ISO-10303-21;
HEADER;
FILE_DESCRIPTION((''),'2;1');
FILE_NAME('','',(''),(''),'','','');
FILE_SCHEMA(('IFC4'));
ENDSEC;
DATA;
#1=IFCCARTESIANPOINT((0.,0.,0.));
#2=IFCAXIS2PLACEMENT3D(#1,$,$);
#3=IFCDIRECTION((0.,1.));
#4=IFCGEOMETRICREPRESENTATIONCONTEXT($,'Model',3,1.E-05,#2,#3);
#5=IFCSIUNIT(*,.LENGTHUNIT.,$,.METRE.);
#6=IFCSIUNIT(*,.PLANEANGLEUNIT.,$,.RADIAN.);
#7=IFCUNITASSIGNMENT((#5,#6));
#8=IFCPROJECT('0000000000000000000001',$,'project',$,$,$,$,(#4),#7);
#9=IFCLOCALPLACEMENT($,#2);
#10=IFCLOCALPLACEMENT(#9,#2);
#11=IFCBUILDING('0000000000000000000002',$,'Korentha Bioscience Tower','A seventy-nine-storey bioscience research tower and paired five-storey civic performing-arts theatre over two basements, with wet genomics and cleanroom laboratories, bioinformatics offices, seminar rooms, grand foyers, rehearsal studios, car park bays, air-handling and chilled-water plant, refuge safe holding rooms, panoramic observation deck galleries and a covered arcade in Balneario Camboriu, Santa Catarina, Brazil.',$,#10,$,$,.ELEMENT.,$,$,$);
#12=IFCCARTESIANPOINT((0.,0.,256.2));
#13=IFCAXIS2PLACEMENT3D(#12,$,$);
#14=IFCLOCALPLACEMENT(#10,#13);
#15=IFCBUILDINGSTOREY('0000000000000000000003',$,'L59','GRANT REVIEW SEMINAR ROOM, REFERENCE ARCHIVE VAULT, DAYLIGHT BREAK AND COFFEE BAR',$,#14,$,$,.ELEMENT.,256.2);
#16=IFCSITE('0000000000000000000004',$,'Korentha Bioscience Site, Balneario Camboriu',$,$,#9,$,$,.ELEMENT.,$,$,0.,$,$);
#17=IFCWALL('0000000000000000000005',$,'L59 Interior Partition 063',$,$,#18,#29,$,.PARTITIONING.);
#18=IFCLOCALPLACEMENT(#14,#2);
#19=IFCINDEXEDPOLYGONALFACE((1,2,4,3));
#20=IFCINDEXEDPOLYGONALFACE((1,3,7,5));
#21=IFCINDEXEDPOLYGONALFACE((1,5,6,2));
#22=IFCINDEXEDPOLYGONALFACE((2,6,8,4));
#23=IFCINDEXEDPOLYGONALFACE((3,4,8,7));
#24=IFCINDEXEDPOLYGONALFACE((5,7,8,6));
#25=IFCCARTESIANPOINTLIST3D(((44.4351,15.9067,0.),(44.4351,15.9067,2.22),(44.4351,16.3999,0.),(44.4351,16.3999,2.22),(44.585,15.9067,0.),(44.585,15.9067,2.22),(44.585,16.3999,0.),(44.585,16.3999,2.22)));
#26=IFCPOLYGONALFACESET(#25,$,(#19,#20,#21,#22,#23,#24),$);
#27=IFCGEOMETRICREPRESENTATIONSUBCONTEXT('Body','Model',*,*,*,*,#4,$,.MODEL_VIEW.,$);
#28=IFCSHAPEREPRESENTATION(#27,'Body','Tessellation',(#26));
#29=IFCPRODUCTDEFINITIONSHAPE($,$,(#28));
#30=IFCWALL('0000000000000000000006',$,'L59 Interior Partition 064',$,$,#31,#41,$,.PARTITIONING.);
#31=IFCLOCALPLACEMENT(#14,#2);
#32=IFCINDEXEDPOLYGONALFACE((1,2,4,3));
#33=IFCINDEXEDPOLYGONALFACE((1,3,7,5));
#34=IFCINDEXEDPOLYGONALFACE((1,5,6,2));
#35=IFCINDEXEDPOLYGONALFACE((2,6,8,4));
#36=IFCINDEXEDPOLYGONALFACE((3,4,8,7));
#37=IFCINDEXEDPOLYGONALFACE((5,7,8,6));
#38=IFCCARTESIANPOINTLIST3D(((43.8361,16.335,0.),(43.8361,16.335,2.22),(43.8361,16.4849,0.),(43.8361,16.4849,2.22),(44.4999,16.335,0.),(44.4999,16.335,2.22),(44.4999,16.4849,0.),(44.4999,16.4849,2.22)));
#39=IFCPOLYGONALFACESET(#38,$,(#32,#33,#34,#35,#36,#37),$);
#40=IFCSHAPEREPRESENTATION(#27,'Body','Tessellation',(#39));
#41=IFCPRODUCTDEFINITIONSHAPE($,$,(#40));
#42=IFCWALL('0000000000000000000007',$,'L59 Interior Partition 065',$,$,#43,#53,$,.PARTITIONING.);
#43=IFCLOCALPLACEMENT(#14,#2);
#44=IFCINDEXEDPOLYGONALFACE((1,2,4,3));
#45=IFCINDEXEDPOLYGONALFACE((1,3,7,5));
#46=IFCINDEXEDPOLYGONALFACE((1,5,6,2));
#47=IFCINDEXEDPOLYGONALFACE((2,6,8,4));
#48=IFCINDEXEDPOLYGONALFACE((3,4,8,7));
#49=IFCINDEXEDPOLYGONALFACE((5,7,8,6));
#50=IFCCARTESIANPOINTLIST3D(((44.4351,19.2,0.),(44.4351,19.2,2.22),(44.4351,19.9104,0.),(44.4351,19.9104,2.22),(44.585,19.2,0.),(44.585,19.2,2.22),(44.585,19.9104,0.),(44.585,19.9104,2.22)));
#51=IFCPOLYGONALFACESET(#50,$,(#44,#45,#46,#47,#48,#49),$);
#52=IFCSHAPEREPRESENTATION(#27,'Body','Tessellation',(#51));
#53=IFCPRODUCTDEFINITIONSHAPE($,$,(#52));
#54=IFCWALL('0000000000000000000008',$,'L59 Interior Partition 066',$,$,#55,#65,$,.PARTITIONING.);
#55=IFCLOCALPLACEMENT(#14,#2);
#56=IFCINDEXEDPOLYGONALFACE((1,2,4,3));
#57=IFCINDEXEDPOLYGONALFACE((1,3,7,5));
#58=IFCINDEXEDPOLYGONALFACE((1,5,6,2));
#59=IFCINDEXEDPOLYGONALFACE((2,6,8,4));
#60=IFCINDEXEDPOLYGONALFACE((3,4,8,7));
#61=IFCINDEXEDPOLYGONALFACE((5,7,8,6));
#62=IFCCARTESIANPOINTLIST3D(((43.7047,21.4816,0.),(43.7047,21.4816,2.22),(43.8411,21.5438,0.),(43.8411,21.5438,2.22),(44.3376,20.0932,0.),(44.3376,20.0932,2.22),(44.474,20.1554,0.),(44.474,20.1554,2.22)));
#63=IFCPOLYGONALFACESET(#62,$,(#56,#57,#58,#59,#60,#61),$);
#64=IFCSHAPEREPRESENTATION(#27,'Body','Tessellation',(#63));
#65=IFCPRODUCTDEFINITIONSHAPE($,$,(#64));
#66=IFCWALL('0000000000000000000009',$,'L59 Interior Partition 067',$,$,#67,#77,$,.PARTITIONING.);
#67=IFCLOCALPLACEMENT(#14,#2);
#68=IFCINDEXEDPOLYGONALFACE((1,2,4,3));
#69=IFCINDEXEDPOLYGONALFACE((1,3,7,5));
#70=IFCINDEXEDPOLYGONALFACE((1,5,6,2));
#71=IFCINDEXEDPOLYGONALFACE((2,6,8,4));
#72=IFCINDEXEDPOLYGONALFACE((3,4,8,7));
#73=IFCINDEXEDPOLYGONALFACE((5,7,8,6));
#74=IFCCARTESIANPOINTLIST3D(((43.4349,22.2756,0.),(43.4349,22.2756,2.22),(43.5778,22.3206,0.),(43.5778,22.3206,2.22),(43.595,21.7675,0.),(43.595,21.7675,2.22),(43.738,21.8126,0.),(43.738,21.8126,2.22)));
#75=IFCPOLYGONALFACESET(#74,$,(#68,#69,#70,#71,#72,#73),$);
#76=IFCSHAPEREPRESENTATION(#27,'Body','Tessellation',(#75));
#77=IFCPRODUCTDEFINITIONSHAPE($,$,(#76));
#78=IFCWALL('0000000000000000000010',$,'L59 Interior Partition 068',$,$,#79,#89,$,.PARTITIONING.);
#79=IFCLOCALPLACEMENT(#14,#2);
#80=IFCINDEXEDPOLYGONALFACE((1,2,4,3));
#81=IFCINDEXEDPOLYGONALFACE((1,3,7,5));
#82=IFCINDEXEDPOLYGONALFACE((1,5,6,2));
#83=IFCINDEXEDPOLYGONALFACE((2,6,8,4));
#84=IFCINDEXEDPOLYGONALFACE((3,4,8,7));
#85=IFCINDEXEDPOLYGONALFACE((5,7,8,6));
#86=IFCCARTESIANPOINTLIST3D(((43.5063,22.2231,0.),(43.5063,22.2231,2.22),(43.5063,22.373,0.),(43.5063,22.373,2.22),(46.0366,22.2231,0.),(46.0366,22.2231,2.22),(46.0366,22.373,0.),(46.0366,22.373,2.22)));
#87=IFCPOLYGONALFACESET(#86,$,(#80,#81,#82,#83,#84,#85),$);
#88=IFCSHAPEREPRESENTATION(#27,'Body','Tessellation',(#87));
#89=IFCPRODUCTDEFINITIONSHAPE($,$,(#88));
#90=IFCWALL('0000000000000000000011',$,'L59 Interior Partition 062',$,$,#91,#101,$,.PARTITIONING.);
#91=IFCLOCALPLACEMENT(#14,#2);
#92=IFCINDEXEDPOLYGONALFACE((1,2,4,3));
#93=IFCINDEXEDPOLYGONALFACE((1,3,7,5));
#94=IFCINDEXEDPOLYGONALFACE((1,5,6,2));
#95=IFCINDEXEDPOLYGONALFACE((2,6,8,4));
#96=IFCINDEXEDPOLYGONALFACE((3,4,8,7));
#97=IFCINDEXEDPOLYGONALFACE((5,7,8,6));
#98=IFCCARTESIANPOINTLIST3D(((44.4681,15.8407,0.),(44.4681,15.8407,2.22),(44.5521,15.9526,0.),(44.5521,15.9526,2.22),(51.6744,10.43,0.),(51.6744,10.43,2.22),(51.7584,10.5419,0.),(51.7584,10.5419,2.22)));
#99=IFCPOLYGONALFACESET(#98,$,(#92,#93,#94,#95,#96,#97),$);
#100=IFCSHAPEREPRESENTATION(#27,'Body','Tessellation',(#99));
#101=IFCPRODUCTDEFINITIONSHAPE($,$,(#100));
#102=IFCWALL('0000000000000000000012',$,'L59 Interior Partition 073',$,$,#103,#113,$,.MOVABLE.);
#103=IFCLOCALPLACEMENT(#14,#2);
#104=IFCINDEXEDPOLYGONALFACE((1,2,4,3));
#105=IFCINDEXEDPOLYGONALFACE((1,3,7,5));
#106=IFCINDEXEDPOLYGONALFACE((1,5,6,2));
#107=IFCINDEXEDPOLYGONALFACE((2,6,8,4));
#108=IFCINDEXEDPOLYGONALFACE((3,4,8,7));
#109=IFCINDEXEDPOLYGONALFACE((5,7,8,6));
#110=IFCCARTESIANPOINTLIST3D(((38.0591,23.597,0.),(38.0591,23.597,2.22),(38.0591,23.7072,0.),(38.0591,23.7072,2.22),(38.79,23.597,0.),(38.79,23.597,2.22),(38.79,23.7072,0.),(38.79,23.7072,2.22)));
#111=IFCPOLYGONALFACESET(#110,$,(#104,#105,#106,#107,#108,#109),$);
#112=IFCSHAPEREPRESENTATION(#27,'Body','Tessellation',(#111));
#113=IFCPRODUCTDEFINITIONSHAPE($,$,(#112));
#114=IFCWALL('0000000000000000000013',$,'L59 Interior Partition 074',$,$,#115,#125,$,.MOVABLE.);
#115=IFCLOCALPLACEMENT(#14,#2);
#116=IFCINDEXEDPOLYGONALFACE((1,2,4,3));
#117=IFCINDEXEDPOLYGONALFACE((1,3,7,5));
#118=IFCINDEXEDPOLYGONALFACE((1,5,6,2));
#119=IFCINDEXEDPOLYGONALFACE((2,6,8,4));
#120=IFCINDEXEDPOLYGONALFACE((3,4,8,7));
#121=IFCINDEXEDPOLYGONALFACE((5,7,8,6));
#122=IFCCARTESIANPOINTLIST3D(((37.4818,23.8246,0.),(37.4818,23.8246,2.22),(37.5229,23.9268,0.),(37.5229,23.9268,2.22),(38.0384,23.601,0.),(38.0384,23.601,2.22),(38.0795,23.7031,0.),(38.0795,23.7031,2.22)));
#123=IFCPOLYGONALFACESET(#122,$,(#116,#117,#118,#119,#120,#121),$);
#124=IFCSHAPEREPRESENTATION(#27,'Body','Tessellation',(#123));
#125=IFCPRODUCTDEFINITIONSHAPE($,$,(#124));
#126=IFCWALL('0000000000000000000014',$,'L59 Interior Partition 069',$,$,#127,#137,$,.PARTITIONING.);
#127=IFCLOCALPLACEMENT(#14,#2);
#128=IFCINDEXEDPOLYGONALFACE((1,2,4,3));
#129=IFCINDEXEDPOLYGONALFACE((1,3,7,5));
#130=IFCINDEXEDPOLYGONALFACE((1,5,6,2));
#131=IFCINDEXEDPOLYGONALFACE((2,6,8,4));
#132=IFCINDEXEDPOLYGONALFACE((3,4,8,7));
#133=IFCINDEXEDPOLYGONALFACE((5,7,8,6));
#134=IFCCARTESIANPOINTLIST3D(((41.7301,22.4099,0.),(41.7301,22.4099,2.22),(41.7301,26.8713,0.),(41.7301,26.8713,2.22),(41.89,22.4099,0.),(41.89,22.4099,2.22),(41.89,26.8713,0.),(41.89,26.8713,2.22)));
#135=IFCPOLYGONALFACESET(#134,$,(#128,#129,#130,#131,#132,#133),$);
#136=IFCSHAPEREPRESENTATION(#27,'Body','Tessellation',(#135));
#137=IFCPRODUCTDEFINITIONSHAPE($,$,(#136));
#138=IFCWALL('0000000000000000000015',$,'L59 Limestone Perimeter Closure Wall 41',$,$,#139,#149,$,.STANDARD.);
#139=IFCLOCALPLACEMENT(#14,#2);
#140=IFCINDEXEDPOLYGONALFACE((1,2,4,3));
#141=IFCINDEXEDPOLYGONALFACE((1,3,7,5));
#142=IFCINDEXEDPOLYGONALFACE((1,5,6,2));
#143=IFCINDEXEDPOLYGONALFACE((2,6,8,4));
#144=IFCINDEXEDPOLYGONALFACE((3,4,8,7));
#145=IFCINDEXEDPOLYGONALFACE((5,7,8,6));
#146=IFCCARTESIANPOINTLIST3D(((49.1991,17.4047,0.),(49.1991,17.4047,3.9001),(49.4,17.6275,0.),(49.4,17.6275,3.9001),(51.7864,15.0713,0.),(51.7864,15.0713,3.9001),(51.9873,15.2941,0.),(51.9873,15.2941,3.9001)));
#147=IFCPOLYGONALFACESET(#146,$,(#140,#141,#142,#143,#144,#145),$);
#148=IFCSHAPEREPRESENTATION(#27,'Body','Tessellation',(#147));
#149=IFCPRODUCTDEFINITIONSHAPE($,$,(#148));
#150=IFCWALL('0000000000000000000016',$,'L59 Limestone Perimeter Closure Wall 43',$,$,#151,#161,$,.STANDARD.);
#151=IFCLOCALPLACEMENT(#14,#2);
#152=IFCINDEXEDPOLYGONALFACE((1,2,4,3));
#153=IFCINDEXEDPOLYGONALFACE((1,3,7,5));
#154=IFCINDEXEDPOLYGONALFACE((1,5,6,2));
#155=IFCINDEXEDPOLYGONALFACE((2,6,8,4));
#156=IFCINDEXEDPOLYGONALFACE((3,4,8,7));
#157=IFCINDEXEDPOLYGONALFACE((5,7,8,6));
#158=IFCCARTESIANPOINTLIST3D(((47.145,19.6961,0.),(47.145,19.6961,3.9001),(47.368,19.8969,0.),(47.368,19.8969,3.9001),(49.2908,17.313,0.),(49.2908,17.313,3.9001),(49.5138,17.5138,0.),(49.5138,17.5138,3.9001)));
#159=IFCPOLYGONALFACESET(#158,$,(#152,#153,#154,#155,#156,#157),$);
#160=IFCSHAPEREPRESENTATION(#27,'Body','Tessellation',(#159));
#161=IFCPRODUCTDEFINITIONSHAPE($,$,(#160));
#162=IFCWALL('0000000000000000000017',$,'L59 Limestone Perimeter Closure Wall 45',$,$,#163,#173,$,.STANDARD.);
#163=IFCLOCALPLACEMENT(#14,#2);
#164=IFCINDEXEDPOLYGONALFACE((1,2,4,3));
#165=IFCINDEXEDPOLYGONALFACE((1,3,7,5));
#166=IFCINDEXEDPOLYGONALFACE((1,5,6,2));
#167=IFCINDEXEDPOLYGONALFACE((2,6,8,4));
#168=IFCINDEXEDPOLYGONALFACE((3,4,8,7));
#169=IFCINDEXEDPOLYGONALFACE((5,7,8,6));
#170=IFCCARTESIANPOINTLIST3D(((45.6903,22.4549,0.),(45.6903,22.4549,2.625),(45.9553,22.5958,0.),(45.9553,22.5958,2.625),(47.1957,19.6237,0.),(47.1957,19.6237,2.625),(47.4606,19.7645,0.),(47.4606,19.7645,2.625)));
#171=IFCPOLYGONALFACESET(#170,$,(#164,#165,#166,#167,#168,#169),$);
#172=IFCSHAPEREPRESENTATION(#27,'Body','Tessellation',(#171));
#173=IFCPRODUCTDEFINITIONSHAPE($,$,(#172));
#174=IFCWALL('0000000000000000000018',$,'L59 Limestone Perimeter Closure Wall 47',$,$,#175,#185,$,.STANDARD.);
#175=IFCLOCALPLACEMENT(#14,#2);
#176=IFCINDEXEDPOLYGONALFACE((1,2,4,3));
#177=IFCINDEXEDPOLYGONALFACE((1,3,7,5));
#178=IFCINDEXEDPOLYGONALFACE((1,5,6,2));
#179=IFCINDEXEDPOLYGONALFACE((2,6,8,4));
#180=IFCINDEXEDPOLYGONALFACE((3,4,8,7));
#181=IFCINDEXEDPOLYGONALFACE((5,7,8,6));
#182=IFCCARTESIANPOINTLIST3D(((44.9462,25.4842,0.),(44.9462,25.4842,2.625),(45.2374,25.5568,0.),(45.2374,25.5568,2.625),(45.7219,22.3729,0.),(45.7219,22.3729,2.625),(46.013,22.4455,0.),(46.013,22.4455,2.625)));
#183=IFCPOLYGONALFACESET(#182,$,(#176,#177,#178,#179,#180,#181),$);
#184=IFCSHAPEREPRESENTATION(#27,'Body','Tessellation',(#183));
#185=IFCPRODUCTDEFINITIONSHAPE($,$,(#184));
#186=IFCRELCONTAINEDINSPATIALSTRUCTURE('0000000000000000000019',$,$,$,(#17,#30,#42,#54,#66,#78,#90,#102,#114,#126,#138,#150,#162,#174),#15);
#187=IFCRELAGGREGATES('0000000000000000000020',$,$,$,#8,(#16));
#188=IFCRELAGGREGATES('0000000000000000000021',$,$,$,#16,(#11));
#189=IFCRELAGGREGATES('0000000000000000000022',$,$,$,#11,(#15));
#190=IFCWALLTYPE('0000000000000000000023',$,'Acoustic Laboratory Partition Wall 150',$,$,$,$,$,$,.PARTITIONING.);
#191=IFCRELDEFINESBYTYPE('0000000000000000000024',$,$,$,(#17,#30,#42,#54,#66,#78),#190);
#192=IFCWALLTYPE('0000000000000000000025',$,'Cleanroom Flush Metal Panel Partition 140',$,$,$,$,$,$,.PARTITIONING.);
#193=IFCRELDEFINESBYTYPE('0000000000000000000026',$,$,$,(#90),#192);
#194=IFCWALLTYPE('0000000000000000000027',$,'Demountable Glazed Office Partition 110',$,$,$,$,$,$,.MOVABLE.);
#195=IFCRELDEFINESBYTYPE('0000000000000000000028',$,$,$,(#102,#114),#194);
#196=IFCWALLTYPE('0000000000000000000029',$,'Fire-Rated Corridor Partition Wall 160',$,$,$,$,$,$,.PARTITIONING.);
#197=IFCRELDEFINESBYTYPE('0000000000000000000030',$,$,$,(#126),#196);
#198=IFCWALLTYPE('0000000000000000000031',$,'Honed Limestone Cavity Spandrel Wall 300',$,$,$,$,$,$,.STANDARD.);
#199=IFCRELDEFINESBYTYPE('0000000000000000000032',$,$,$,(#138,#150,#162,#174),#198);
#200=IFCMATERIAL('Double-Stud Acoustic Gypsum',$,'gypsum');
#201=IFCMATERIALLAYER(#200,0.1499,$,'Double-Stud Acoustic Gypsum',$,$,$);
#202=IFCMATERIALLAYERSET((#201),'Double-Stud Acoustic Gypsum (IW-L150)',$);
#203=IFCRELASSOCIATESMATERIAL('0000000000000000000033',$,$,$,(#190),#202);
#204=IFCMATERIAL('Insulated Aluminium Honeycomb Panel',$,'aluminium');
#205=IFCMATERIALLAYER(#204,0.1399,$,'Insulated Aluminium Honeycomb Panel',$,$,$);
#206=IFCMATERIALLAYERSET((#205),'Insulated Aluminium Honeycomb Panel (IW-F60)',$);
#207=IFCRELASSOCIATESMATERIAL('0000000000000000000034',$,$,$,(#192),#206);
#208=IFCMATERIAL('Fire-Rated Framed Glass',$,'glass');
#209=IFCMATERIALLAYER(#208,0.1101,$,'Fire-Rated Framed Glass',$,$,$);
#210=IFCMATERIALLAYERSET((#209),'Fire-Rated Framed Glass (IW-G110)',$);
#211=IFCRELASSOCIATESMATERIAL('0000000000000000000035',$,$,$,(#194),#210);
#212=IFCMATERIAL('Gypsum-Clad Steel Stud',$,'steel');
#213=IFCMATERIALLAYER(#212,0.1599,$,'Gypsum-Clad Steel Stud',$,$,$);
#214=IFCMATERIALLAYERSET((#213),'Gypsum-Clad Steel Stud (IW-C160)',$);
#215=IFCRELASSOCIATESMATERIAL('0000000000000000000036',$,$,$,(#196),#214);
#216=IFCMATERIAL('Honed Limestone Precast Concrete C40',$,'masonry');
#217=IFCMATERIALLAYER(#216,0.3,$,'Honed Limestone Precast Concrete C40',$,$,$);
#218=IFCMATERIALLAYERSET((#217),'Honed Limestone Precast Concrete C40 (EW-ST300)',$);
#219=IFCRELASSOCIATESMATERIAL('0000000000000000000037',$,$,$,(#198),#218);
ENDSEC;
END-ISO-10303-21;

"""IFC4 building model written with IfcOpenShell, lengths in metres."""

from ifc_helpers import new_model, si_unit, direction, frame, frame_2d, origin, place, context, subcontext, project, spatial, rectangle, extrude, material, layer, layer_set, type_object, element, save


model = new_model("IFC4")

# Units and contexts
model_context = context("Model", 3, precision=1e-05, world=origin(), true_north=direction((0.0, 1.0)))
body_context = subcontext(model_context, "Body", "Model", "MODEL_VIEW")
ifc_project = project(units=[si_unit("LENGTHUNIT", "METRE"), si_unit("PLANEANGLEUNIT", "RADIAN")], contexts=[model_context])

# Site, building, storey
site_placement = place(None, origin())
site = spatial("IfcSite", under=ifc_project, at=site_placement, Name="Korentha Bioscience Site, Balneario Camboriu", CompositionType="ELEMENT", RefElevation=0.0)
building_placement = place(site_placement, origin())
building = spatial("IfcBuilding", under=site, at=building_placement, Name="Korentha Bioscience Tower", Description="A seventy-nine-storey bioscience research tower and paired five-storey civic performing-arts theatre over two basements, with wet genomics and cleanroom laboratories, bioinformatics offices, seminar rooms, grand foyers, rehearsal studios, car park bays, air-handling and chilled-water plant, refuge safe holding rooms, panoramic observation deck galleries and a covered arcade in Balneario Camboriu, Santa Catarina, Brazil.", CompositionType="ELEMENT")
storey_placement = place(building_placement, frame((0.0, 0.0, 256.2)))
storey = spatial("IfcBuildingStorey", under=building, at=storey_placement, Name="L59", Description="GRANT REVIEW SEMINAR ROOM, REFERENCE ARCHIVE VAULT, DAYLIGHT BREAK AND COFFEE BAR", CompositionType="ELEMENT", Elevation=256.2)

# Shared definitions
ifc_material_1 = material(Name="Double-Stud Acoustic Gypsum", Category="gypsum")
ifc_layer_1 = layer(ifc_material_1, 0.1499, Name="Double-Stud Acoustic Gypsum")
ifc_layer_set_1 = layer_set([ifc_layer_1], Name="Double-Stud Acoustic Gypsum (IW-L150)")
wall_type_1 = type_object("IfcWallType", Name="Acoustic Laboratory Partition Wall 150", PredefinedType="PARTITIONING", material=ifc_layer_set_1)

# Walls
wall_1_placement = place(storey_placement, frame((44.51, 15.9067, 0.0), z_axis=(0.0, 0.0, 1.0), x_axis=(0.0, 1.0, 0.0)))
element("IfcWall", 1, at=wall_1_placement, inside=storey, type_object=wall_type_1, Name="L59 Interior Partition 063", PredefinedType="PARTITIONING", context=body_context, shape_type="SweptSolid", body=[
    extrude(rectangle(XDim=0.4932, YDim=0.1499, at=frame_2d((0.2466, 0.0))), origin(), (0.0, 0.0, 1.0), 2.22),
])
wall_2_placement = place(storey_placement, frame((44.5, 16.4099, 0.0), z_axis=(0.0, 0.0, 1.0), x_axis=(-1.0, 0.0, 0.0)))
element("IfcWall", 2, at=wall_2_placement, inside=storey, type_object=wall_type_1, Name="L59 Interior Partition 064", PredefinedType="PARTITIONING", context=body_context, shape_type="SweptSolid", body=[
    extrude(rectangle(XDim=0.6638, YDim=0.1499, at=frame_2d((0.332, 0.0))), origin(), (0.0, 0.0, 1.0), 2.22),
])
wall_3_placement = place(storey_placement, frame((44.51, 19.2, 0.0), z_axis=(0.0, 0.0, 1.0), x_axis=(0.0, 1.0, 0.0)))
element("IfcWall", 3, at=wall_3_placement, inside=storey, type_object=wall_type_1, Name="L59 Interior Partition 065", PredefinedType="PARTITIONING", context=body_context, shape_type="SweptSolid", body=[
    extrude(rectangle(XDim=0.7104, YDim=0.1499, at=frame_2d((0.3552, 0.0))), origin(), (0.0, 0.0, 1.0), 2.22),
])
wall_4_placement = place(storey_placement, frame((44.4058, 20.1243, 0.0), z_axis=(0.0, 0.0, 1.0), x_axis=(-0.414731, 0.909944, 0.0)))
element("IfcWall", 4, at=wall_4_placement, inside=storey, type_object=wall_type_1, Name="L59 Interior Partition 066", PredefinedType="PARTITIONING", context=body_context, shape_type="SweptSolid", body=[
    extrude(rectangle(XDim=1.5259, YDim=0.1499, at=frame_2d((0.7629, 0.0))), origin(), (0.0, 0.0, 1.0), 2.22),
])
wall_5_placement = place(storey_placement, frame((43.6665, 21.79, 0.0), z_axis=(0.0, 0.0, 1.0), x_axis=(-0.300649, 0.953735, 0.0)))
element("IfcWall", 5, at=wall_5_placement, inside=storey, type_object=wall_type_1, Name="L59 Interior Partition 067", PredefinedType="PARTITIONING", context=body_context, shape_type="SweptSolid", body=[
    extrude(rectangle(XDim=0.5327, YDim=0.1499, at=frame_2d((0.2664, 0.0))), origin(), (0.0, 0.0, 1.0), 2.22),
])
wall_6_placement = place(storey_placement, frame((43.5063, 22.2981, 0.0), z_axis=(0.0, 0.0, 1.0), x_axis=(1.0, 0.0, 0.0)))
element("IfcWall", 6, at=wall_6_placement, inside=storey, type_object=wall_type_1, Name="L59 Interior Partition 068", PredefinedType="PARTITIONING", context=body_context, shape_type="SweptSolid", body=[
    extrude(rectangle(XDim=2.5303, YDim=0.1499, at=frame_2d((1.2651, 0.0))), origin(), (0.0, 0.0, 1.0), 2.22),
])
ifc_material_2 = material(Name="Insulated Aluminium Honeycomb Panel", Category="aluminium")
ifc_layer_2 = layer(ifc_material_2, 0.1399, Name="Insulated Aluminium Honeycomb Panel")
ifc_layer_set_2 = layer_set([ifc_layer_2], Name="Insulated Aluminium Honeycomb Panel (IW-F60)")
wall_type_2 = type_object("IfcWallType", Name="Cleanroom Flush Metal Panel Partition 140", PredefinedType="PARTITIONING", material=ifc_layer_set_2)
wall_7_placement = place(storey_placement, frame((44.51, 15.8967, 0.0), z_axis=(0.0, 0.0, 1.0), x_axis=(0.799685, -0.60042, 0.0)))
element("IfcWall", 7, at=wall_7_placement, inside=storey, type_object=wall_type_2, Name="L59 Interior Partition 062", PredefinedType="PARTITIONING", context=body_context, shape_type="SweptSolid", body=[
    extrude(rectangle(XDim=9.0115, YDim=0.1399, at=frame_2d((4.5059, 0.0))), origin(), (0.0, 0.0, 1.0), 2.22),
])
ifc_material_3 = material(Name="Fire-Rated Framed Glass", Category="glass")
ifc_layer_3 = layer(ifc_material_3, 0.1101, Name="Fire-Rated Framed Glass")
ifc_layer_set_3 = layer_set([ifc_layer_3], Name="Fire-Rated Framed Glass (IW-G110)")
wall_type_3 = type_object("IfcWallType", Name="Demountable Glazed Office Partition 110", PredefinedType="MOVABLE", material=ifc_layer_set_3)
wall_8_placement = place(storey_placement, frame((38.79, 23.6521, 0.0), z_axis=(0.0, 0.0, 1.0), x_axis=(-1.0, 0.0, 0.0)))
element("IfcWall", 8, at=wall_8_placement, inside=storey, type_object=wall_type_3, Name="L59 Interior Partition 073", PredefinedType="MOVABLE", context=body_context, shape_type="SweptSolid", body=[
    extrude(rectangle(XDim=0.731, YDim=0.1101, at=frame_2d((0.3655, 0.0))), origin(), (0.0, 0.0, 1.0), 2.22),
])
wall_9_placement = place(storey_placement, frame((38.0588, 23.6521, 0.0), z_axis=(0.0, 0.0, 1.0), x_axis=(-0.927914, 0.372794, 0.0)))
element("IfcWall", 9, at=wall_9_placement, inside=storey, type_object=wall_type_3, Name="L59 Interior Partition 074", PredefinedType="MOVABLE", context=body_context, shape_type="SweptSolid", body=[
    extrude(rectangle(XDim=0.5999, YDim=0.1101, at=frame_2d((0.2998, 0.0))), origin(), (0.0, 0.0, 1.0), 2.22),
])

# Shared definitions
ifc_material_4 = material(Name="Gypsum-Clad Steel Stud", Category="steel")
ifc_layer_4 = layer(ifc_material_4, 0.1599, Name="Gypsum-Clad Steel Stud")
ifc_layer_set_4 = layer_set([ifc_layer_4], Name="Gypsum-Clad Steel Stud (IW-C160)")
wall_type_4 = type_object("IfcWallType", Name="Fire-Rated Corridor Partition Wall 160", PredefinedType="PARTITIONING", material=ifc_layer_set_4)

# Walls
wall_10_placement = place(storey_placement, frame((41.8101, 22.4099, 0.0), z_axis=(0.0, 0.0, 1.0), x_axis=(0.0, 1.0, 0.0)))
element("IfcWall", 10, at=wall_10_placement, inside=storey, type_object=wall_type_4, Name="L59 Interior Partition 069", PredefinedType="PARTITIONING", context=body_context, shape_type="SweptSolid", body=[
    extrude(rectangle(XDim=4.4614, YDim=0.1599, at=frame_2d((2.2307, 0.0))), origin(), (0.0, 0.0, 1.0), 2.22),
])
ifc_material_5 = material(Name="Honed Limestone Precast Concrete C40", Category="masonry")
ifc_layer_5 = layer(ifc_material_5, 0.3, Name="Honed Limestone Precast Concrete C40")
ifc_layer_set_5 = layer_set([ifc_layer_5], Name="Honed Limestone Precast Concrete C40 (EW-ST300)")
wall_type_5 = type_object("IfcWallType", Name="Honed Limestone Cavity Spandrel Wall 300", PredefinedType="STANDARD", material=ifc_layer_set_5)
wall_11_placement = place(storey_placement, frame((51.887, 15.1826, 0.0), z_axis=(0.0, 0.0, 1.0), x_axis=(-0.742604, 0.669731, 0.0)))
element("IfcWall", 11, at=wall_11_placement, inside=storey, type_object=wall_type_5, Name="L59 Limestone Perimeter Closure Wall 41", PredefinedType="STANDARD", context=body_context, shape_type="SweptSolid", body=[
    extrude(rectangle(XDim=3.4841, YDim=0.3, at=frame_2d((1.7422, 0.0))), origin(), (0.0, 0.0, 1.0), 3.9001),
])
wall_12_placement = place(storey_placement, frame((49.4023, 17.4133, 0.0), z_axis=(0.0, 0.0, 1.0), x_axis=(-0.669137, 0.743139, 0.0)))
element("IfcWall", 12, at=wall_12_placement, inside=storey, type_object=wall_type_5, Name="L59 Limestone Perimeter Closure Wall 43", PredefinedType="STANDARD", context=body_context, shape_type="SweptSolid", body=[
    extrude(rectangle(XDim=3.2068, YDim=0.3, at=frame_2d((1.6035, 0.0))), origin(), (0.0, 0.0, 1.0), 3.9001),
])
for number, where, z_axis, x_axis, name in (
    (13, (47.3281, 19.6941, 0.0), (0.0, 0.0, 1.0), (-0.469458, 0.882955, 0.0), "L59 Limestone Perimeter Closure Wall 45"),
    (14, (45.8674, 22.4092, 0.0), (0.0, 0.0, 1.0), (-0.241891, 0.970304, 0.0), "L59 Limestone Perimeter Closure Wall 47"),
):
    element("IfcWall", number, at=place(storey_placement, frame(where, z_axis=z_axis, x_axis=x_axis)), inside=storey, type_object=wall_type_5, Name=name, PredefinedType="STANDARD", context=body_context, shape_type="SweptSolid", body=[
        extrude(rectangle(XDim=3.2065, YDim=0.3, at=frame_2d((1.6033, 0.0))), origin(), (0.0, 0.0, 1.0), 2.625),
    ])

save(model, "model.ifc")
